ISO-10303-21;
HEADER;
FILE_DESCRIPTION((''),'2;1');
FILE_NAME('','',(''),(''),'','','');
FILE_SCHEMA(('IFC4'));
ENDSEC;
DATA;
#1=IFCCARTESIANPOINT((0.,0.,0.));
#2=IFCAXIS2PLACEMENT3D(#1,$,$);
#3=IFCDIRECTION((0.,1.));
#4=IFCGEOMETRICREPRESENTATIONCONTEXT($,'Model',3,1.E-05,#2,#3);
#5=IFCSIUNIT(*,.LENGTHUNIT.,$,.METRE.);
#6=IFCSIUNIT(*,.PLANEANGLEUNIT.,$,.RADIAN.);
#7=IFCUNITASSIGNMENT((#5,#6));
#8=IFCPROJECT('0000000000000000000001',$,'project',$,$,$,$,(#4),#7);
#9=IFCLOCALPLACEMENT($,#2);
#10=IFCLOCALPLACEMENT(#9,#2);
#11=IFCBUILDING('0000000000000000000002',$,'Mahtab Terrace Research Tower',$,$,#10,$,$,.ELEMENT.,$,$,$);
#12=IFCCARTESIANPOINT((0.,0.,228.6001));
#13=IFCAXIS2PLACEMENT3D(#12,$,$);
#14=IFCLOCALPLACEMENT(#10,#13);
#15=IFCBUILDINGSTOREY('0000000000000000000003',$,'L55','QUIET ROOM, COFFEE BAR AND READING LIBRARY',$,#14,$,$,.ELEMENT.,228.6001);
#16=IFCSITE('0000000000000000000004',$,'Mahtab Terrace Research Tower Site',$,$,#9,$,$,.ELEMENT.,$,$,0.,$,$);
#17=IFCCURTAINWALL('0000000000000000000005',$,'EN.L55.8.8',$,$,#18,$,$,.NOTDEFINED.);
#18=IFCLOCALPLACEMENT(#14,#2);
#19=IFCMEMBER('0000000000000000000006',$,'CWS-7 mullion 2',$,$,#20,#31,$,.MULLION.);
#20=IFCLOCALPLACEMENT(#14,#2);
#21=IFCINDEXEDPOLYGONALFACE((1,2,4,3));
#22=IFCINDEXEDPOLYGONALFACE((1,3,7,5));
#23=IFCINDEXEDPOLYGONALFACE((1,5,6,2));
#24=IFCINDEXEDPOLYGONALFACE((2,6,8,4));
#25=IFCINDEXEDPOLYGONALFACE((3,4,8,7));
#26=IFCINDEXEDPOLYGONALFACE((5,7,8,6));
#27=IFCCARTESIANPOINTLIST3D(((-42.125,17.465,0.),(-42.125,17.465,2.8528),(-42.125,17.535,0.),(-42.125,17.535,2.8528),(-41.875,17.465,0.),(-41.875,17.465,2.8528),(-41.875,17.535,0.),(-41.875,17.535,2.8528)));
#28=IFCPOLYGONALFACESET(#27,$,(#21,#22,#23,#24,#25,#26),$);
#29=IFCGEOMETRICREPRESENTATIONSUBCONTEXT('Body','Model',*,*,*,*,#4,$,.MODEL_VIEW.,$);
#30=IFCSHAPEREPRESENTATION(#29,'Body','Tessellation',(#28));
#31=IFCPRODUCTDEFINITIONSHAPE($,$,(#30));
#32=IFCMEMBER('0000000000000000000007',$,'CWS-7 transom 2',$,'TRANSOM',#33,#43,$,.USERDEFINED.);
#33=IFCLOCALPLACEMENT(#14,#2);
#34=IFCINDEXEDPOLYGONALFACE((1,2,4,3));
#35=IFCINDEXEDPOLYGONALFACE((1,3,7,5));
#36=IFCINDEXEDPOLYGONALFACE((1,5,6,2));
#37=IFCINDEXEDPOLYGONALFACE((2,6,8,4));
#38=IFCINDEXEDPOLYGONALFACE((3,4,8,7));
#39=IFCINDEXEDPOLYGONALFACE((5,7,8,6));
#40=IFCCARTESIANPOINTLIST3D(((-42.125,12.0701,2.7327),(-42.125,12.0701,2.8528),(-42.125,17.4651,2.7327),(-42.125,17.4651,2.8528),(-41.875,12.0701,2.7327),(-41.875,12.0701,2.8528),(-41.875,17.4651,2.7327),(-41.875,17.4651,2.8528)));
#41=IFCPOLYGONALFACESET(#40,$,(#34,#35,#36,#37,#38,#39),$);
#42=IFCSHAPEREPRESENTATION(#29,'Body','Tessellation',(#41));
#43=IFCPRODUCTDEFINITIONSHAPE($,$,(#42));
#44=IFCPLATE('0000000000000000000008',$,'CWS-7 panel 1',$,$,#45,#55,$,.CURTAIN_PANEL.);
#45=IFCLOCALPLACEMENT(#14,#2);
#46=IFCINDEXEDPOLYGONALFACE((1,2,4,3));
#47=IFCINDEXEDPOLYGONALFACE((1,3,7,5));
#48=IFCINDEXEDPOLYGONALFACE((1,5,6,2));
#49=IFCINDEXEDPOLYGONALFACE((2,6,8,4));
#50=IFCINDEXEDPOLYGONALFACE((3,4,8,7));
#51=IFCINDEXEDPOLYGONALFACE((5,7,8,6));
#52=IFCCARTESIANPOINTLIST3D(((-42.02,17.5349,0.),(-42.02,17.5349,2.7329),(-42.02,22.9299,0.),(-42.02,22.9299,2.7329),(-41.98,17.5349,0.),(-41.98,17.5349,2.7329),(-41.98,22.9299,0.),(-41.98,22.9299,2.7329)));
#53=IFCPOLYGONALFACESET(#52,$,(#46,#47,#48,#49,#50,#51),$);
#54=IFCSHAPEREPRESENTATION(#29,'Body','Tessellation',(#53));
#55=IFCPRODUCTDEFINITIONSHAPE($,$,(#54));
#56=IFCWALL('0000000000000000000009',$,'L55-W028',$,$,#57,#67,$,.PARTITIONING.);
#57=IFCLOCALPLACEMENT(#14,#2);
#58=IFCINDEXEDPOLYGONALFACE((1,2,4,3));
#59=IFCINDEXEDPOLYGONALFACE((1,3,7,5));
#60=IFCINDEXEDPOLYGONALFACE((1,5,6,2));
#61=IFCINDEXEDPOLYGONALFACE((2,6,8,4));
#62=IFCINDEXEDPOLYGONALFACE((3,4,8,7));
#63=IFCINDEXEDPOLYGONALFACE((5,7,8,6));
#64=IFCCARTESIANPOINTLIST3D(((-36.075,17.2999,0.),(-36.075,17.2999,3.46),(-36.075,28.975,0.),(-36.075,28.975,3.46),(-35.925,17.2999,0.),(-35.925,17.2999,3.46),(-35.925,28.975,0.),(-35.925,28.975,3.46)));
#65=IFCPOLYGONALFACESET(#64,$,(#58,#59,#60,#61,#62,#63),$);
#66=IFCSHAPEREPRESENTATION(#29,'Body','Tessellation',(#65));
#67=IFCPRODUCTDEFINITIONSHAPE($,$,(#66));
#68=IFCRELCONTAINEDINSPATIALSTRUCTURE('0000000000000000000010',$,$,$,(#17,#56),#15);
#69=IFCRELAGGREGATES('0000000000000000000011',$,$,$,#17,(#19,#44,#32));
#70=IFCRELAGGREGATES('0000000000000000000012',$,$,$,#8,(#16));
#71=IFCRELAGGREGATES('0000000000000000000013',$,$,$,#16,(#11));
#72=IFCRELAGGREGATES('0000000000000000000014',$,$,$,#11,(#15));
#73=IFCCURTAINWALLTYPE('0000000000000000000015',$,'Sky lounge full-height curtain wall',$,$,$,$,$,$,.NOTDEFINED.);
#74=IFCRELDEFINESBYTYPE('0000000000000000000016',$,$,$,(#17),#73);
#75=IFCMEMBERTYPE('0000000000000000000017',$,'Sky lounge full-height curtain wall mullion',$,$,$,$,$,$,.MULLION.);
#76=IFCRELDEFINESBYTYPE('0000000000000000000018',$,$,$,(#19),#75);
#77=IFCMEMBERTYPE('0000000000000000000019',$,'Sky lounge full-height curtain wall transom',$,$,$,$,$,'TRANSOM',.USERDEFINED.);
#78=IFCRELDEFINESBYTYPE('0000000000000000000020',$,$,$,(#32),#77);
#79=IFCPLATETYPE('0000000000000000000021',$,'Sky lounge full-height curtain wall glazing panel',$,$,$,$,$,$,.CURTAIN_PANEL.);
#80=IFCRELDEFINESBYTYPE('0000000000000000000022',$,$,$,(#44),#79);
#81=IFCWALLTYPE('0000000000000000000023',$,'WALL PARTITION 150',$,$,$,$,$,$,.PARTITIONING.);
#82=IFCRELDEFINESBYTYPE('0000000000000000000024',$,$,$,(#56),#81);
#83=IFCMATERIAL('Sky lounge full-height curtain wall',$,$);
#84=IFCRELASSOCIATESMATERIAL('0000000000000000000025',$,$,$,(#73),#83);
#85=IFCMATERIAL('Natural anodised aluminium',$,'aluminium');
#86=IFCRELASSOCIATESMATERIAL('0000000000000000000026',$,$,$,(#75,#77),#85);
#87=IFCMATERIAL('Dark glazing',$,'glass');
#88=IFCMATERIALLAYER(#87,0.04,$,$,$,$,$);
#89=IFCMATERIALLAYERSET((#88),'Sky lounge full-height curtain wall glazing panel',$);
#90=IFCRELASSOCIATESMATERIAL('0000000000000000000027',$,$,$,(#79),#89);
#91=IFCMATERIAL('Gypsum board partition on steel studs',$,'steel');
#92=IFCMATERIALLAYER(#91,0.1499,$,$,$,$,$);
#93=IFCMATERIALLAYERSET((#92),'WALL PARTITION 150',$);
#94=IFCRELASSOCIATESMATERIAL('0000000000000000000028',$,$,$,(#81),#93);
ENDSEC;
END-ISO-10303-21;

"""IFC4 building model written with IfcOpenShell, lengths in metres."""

from ifc_helpers import new_model, si_unit, direction, frame, frame_2d, origin, origin_2d, place, context, subcontext, project, spatial, rectangle, extrude, material, layer, layer_set, material_profile, profile_set, type_object, element, aggregate, save


model = new_model("IFC4")

# Units and contexts
model_context = context("Model", 3, precision=1e-05, world=origin(), true_north=direction((0.0, 1.0)))
body_context = subcontext(model_context, "Body", "Model", "MODEL_VIEW")
ifc_project = project(units=[si_unit("LENGTHUNIT", "METRE"), si_unit("PLANEANGLEUNIT", "RADIAN")], contexts=[model_context])

# Site, building, storey
site_placement = place(None, origin())
site = spatial("IfcSite", under=ifc_project, at=site_placement, Name="Mahtab Terrace Research Tower Site", CompositionType="ELEMENT", RefElevation=0.0)
building_placement = place(site_placement, origin())
building = spatial("IfcBuilding", under=site, at=building_placement, Name="Mahtab Terrace Research Tower", CompositionType="ELEMENT")
storey_placement = place(building_placement, frame((0.0, 0.0, 228.6001)))
storey = spatial("IfcBuildingStorey", under=building, at=storey_placement, Name="L55", Description="QUIET ROOM, COFFEE BAR AND READING LIBRARY", CompositionType="ELEMENT", Elevation=228.6001)

# Curtain wall, members, plate
ifc_material_1 = material(Name="Sky lounge full-height curtain wall")
curtain_wall_type = type_object("IfcCurtainWallType", Name="Sky lounge full-height curtain wall", PredefinedType="NOTDEFINED", material=ifc_material_1)
curtain_wall_placement = place(storey_placement, origin())
curtain_wall = element("IfcCurtainWall", 1, at=curtain_wall_placement, inside=storey, type_object=curtain_wall_type, Name="EN.L55.8.8", PredefinedType="NOTDEFINED")
ifc_material_2 = material(Name="Natural anodised aluminium", Category="aluminium")
ifc_material_profile_1 = material_profile(ifc_material_2, rectangle(XDim=0.25, YDim=0.0701, at=origin_2d()), Name="MULLION 70x250")
ifc_profile_set_1 = profile_set([ifc_material_profile_1], Name="Natural anodised aluminium")
member_type_1 = type_object("IfcMemberType", Name="Sky lounge full-height curtain wall mullion", PredefinedType="MULLION", material=ifc_profile_set_1)
member_1_placement = place(storey_placement, frame((-42.0, 17.5, 0.0), z_axis=(0.0, 0.0, 1.0), x_axis=(1.0, 0.0, 0.0)))
member_1 = element("IfcMember", 2, at=member_1_placement, type_object=member_type_1, Name="CWS-7 mullion 2", PredefinedType="MULLION", context=body_context, shape_type="SweptSolid", body=[
    extrude(rectangle(XDim=0.25, YDim=0.0701, at=origin_2d()), origin(), (0.0, 0.0, 1.0), 2.8528),
])
ifc_material_profile_2 = material_profile(ifc_material_2, rectangle(XDim=0.25, YDim=0.1201, at=origin_2d()), Name="TRANSOM 120x250")
ifc_profile_set_2 = profile_set([ifc_material_profile_2], Name="Natural anodised aluminium")
member_type_2 = type_object("IfcMemberType", Name="Sky lounge full-height curtain wall transom", ElementType="TRANSOM", PredefinedType="USERDEFINED", material=ifc_profile_set_2)
member_2_placement = place(storey_placement, frame((-42.0, 17.4651, 2.7927), z_axis=(0.0, -1.0, 0.0), x_axis=(1.0, 0.0, 0.0)))
member_2 = element("IfcMember", 3, at=member_2_placement, type_object=member_type_2, Name="CWS-7 transom 2", ObjectType="TRANSOM", PredefinedType="USERDEFINED", context=body_context, shape_type="SweptSolid", body=[
    extrude(rectangle(XDim=0.25, YDim=0.1201, at=origin_2d()), origin(), (0.0, 0.0, 1.0), 5.395),
])
ifc_material_3 = material(Name="Dark glazing", Category="glass")
ifc_layer_1 = layer(ifc_material_3, 0.04)
ifc_layer_set_1 = layer_set([ifc_layer_1], Name="Sky lounge full-height curtain wall glazing panel")
plate_type = type_object("IfcPlateType", Name="Sky lounge full-height curtain wall glazing panel", PredefinedType="CURTAIN_PANEL", material=ifc_layer_set_1)
plate_placement = place(storey_placement, frame((-42.0, 20.2324, 0.0), z_axis=(0.0, 0.0, 1.0), x_axis=(0.0, -1.0, 0.0)))
plate = element("IfcPlate", 4, at=plate_placement, type_object=plate_type, Name="CWS-7 panel 1", PredefinedType="CURTAIN_PANEL", context=body_context, shape_type="SweptSolid", body=[
    extrude(rectangle(XDim=5.395, YDim=0.04, at=origin_2d()), origin(), (0.0, 0.0, 1.0), 2.7329),
])
aggregate(curtain_wall, [member_1, plate, member_2])

# Wall
ifc_material_4 = material(Name="Gypsum board partition on steel studs", Category="steel")
ifc_layer_2 = layer(ifc_material_4, 0.1499)
ifc_layer_set_2 = layer_set([ifc_layer_2], Name="WALL PARTITION 150")
wall_type_1 = type_object("IfcWallType", Name="WALL PARTITION 150", PredefinedType="PARTITIONING", material=ifc_layer_set_2)
wall_1_placement = place(storey_placement, frame((-36.0, 17.3, 0.0), z_axis=(0.0, 0.0, 1.0), x_axis=(0.0, 1.0, 0.0)))
element("IfcWall", 5, at=wall_1_placement, inside=storey, type_object=wall_type_1, Name="L55-W028", PredefinedType="PARTITIONING", context=body_context, shape_type="SweptSolid", body=[
    extrude(rectangle(XDim=11.675, YDim=0.1499, at=frame_2d((5.8374, 0.0))), origin(), (0.0, 0.0, 1.0), 3.46),
])

save(model, "model.ifc")
